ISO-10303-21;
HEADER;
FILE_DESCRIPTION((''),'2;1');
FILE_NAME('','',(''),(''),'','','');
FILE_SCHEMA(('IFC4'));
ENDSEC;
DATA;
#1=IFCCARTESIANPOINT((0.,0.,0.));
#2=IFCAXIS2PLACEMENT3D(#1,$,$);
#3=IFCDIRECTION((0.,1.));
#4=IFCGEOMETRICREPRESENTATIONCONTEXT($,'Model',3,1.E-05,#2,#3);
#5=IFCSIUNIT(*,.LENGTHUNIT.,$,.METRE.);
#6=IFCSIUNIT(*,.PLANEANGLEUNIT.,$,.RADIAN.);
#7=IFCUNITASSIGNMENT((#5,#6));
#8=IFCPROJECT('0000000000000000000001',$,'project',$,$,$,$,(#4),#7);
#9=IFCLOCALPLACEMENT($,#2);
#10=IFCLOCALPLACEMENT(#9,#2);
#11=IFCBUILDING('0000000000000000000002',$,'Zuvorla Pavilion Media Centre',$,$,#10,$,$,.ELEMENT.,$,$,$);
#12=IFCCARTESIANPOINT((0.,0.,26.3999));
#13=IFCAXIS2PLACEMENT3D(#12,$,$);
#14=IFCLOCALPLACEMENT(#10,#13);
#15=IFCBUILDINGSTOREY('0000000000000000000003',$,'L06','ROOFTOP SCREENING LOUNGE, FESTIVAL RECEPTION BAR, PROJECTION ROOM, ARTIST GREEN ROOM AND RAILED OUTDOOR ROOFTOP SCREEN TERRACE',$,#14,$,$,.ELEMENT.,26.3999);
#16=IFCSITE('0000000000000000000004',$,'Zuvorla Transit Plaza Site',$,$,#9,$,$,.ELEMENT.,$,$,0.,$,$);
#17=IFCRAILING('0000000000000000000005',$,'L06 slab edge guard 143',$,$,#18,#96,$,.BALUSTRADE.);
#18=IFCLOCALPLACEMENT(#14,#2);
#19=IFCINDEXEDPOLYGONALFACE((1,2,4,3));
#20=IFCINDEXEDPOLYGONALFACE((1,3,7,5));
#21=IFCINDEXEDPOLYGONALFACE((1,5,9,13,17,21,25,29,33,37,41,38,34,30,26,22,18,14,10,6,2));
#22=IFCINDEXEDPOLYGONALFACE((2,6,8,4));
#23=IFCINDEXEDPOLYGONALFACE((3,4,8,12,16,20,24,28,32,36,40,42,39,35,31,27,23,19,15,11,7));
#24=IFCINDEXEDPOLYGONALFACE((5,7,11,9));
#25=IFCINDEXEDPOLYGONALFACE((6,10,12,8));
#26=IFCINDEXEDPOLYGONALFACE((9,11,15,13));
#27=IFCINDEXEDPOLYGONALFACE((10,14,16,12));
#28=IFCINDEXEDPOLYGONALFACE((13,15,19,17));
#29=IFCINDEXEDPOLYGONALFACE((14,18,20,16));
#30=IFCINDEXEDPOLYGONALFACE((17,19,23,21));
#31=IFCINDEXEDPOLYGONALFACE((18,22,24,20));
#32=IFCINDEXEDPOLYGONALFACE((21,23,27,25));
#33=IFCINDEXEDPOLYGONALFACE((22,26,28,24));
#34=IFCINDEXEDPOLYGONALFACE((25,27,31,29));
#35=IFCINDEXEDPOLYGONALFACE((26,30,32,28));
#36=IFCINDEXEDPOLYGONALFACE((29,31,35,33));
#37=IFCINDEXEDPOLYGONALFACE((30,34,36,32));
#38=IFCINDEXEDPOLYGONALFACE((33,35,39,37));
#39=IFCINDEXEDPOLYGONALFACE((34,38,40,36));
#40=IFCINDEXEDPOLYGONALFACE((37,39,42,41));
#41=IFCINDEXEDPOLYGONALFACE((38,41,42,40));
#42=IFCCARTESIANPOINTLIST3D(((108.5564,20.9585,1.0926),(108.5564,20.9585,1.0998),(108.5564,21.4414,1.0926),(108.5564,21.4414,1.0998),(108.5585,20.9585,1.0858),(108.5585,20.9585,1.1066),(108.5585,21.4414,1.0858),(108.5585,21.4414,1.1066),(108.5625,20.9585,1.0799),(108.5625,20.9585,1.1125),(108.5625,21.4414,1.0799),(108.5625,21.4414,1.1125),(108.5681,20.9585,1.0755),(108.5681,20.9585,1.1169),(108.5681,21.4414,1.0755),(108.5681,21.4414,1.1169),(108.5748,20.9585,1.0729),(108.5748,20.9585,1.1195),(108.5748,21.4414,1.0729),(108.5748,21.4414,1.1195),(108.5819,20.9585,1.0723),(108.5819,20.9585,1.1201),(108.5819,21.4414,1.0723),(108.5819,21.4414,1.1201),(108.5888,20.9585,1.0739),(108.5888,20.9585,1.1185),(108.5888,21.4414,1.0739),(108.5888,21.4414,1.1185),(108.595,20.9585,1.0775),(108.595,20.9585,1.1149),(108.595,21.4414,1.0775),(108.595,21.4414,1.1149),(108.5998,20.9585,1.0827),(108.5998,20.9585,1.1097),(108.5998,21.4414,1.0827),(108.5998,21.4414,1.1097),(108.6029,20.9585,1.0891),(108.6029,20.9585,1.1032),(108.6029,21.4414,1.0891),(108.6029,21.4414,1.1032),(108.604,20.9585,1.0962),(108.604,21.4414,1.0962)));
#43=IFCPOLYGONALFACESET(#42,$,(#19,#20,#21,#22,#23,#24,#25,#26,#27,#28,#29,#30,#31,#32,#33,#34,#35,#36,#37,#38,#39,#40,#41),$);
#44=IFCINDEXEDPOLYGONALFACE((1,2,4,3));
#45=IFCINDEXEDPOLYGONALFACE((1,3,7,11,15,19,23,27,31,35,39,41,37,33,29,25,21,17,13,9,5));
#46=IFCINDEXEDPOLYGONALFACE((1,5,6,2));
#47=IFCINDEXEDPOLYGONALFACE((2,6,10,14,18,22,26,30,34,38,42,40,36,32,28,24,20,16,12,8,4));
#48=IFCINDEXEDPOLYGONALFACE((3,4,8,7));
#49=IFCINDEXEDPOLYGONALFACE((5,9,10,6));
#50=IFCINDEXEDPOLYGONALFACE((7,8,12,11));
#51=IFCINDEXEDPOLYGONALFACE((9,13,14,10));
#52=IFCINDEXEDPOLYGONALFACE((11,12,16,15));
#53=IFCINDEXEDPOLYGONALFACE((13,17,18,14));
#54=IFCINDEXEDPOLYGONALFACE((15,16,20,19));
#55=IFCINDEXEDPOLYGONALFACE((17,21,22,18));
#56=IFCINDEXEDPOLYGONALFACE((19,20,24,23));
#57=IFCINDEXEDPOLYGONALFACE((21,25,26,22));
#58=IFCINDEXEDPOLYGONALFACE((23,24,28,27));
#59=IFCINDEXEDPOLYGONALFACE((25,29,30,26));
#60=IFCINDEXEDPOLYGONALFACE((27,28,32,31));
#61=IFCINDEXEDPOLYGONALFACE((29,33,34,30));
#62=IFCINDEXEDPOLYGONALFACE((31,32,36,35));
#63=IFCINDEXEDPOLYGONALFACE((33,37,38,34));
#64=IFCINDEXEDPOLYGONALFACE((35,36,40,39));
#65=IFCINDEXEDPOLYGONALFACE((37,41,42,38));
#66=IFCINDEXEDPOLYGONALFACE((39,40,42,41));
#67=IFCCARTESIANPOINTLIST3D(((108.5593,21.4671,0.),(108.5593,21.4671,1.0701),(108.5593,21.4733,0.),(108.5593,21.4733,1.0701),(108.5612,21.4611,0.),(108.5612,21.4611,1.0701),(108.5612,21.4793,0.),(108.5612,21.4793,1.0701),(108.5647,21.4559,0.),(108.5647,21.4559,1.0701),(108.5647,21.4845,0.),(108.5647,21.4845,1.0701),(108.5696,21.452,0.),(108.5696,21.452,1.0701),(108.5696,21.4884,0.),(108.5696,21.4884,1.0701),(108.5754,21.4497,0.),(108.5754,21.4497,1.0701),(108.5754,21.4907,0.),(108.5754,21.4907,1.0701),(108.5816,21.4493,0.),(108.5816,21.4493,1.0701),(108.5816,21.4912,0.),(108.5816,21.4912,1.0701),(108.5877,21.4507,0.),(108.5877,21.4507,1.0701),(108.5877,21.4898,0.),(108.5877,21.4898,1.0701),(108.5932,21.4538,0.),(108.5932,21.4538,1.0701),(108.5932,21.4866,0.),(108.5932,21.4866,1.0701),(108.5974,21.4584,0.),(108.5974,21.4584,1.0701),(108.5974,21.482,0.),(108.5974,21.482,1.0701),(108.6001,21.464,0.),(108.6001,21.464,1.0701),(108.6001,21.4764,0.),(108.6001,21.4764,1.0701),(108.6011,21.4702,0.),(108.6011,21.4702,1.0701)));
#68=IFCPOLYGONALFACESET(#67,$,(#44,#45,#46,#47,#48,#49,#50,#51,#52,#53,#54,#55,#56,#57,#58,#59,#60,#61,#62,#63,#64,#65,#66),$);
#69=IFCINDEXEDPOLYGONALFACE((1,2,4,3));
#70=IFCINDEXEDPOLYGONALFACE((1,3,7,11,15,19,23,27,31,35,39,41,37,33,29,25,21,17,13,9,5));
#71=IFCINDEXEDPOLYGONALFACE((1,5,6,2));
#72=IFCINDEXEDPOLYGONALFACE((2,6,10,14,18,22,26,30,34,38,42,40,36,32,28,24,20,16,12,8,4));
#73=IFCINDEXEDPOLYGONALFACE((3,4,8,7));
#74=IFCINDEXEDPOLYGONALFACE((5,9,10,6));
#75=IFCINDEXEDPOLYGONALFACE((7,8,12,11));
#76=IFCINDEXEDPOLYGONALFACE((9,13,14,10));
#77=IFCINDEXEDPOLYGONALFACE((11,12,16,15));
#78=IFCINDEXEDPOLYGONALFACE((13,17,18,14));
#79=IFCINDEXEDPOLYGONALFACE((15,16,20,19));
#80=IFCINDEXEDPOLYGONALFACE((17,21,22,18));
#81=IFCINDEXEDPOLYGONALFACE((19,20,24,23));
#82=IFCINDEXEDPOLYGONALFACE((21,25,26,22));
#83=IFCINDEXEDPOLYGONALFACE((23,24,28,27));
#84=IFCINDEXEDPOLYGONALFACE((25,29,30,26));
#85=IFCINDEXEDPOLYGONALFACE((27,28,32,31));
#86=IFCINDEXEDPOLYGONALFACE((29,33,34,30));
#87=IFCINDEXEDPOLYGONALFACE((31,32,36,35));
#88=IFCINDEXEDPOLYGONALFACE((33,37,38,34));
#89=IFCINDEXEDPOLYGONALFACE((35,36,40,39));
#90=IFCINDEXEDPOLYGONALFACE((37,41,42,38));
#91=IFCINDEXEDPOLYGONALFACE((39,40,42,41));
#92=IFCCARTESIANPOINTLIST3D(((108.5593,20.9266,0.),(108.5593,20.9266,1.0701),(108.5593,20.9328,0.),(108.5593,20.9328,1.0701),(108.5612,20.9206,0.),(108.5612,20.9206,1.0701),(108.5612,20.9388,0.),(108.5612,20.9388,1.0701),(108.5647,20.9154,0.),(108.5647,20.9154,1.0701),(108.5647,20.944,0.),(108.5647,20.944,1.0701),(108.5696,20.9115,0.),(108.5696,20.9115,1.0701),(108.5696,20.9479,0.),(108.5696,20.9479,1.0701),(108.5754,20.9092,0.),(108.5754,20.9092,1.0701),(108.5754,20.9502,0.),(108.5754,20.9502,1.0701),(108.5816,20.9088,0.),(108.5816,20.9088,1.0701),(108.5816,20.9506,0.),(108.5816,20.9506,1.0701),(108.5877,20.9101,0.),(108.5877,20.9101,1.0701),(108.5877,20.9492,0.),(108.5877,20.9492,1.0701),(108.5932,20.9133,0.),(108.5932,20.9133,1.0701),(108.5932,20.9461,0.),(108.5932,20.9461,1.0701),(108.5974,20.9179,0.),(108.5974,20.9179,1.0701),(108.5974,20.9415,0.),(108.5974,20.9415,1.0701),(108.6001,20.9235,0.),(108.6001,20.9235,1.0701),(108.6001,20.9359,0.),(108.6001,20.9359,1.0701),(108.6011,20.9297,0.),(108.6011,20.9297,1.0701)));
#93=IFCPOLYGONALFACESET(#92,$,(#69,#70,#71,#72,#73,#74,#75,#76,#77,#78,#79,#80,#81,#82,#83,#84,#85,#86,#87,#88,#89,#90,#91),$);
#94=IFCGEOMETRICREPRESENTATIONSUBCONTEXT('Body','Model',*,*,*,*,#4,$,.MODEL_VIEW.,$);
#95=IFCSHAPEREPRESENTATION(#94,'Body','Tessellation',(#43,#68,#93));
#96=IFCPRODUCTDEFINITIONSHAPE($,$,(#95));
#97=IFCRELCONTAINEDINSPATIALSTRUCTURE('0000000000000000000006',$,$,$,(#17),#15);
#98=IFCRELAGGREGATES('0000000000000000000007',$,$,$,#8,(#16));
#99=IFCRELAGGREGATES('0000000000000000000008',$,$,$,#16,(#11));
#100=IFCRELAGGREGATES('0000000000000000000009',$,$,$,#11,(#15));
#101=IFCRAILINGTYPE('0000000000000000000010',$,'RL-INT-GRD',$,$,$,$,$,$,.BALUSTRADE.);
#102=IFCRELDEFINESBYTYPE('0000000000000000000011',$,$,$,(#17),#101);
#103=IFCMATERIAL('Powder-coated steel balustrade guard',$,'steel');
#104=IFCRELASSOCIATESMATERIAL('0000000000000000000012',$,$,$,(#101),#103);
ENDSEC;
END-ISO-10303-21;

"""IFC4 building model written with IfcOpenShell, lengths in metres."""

from ifc_helpers import new_model, si_unit, direction, frame, origin, origin_2d, place, context, subcontext, project, spatial, circle, extrude, material, type_object, element, save


model = new_model("IFC4")

# Units and contexts
model_context = context("Model", 3, precision=1e-05, world=origin(), true_north=direction((0.0, 1.0)))
body_context = subcontext(model_context, "Body", "Model", "MODEL_VIEW")
ifc_project = project(units=[si_unit("LENGTHUNIT", "METRE"), si_unit("PLANEANGLEUNIT", "RADIAN")], contexts=[model_context])

# Site, building, storey
site_placement = place(None, origin())
site = spatial("IfcSite", under=ifc_project, at=site_placement, Name="Zuvorla Transit Plaza Site", CompositionType="ELEMENT", RefElevation=0.0)
building_placement = place(site_placement, origin())
building = spatial("IfcBuilding", under=site, at=building_placement, Name="Zuvorla Pavilion Media Centre", CompositionType="ELEMENT")
storey_placement = place(building_placement, frame((0.0, 0.0, 26.3999)))
storey = spatial("IfcBuildingStorey", under=building, at=storey_placement, Name="L06", Description="ROOFTOP SCREENING LOUNGE, FESTIVAL RECEPTION BAR, PROJECTION ROOM, ARTIST GREEN ROOM AND RAILED OUTDOOR ROOFTOP SCREEN TERRACE", CompositionType="ELEMENT", Elevation=26.3999)

# Railing
ifc_material_1 = material(Name="Powder-coated steel balustrade guard", Category="steel")
railing_type = type_object("IfcRailingType", Name="RL-INT-GRD", PredefinedType="BALUSTRADE", material=ifc_material_1)
railing_placement = place(storey_placement, frame((108.5801, 21.4702, 0.0)))
element("IfcRailing", 1, at=railing_placement, inside=storey, type_object=railing_type, Name="L06 slab edge guard 143", PredefinedType="BALUSTRADE", context=body_context, shape_type="SweptSolid", body=[
    extrude(circle(Radius=0.0239, at=origin_2d()), frame((0.0, -0.0288, 1.0962), z_axis=(0.0, -1.0, 0.0), x_axis=(1.0, 0.0, 0.0)), (0.0, 0.0, 1.0), 0.4829),
    extrude(circle(Radius=0.021, at=origin_2d()), origin(), (0.0, 0.0, 1.0), 1.0701),
    extrude(circle(Radius=0.021, at=origin_2d()), frame((0.0, -0.5405, 0.0)), (0.0, 0.0, 1.0), 1.0701),
])

save(model, "model.ifc")
